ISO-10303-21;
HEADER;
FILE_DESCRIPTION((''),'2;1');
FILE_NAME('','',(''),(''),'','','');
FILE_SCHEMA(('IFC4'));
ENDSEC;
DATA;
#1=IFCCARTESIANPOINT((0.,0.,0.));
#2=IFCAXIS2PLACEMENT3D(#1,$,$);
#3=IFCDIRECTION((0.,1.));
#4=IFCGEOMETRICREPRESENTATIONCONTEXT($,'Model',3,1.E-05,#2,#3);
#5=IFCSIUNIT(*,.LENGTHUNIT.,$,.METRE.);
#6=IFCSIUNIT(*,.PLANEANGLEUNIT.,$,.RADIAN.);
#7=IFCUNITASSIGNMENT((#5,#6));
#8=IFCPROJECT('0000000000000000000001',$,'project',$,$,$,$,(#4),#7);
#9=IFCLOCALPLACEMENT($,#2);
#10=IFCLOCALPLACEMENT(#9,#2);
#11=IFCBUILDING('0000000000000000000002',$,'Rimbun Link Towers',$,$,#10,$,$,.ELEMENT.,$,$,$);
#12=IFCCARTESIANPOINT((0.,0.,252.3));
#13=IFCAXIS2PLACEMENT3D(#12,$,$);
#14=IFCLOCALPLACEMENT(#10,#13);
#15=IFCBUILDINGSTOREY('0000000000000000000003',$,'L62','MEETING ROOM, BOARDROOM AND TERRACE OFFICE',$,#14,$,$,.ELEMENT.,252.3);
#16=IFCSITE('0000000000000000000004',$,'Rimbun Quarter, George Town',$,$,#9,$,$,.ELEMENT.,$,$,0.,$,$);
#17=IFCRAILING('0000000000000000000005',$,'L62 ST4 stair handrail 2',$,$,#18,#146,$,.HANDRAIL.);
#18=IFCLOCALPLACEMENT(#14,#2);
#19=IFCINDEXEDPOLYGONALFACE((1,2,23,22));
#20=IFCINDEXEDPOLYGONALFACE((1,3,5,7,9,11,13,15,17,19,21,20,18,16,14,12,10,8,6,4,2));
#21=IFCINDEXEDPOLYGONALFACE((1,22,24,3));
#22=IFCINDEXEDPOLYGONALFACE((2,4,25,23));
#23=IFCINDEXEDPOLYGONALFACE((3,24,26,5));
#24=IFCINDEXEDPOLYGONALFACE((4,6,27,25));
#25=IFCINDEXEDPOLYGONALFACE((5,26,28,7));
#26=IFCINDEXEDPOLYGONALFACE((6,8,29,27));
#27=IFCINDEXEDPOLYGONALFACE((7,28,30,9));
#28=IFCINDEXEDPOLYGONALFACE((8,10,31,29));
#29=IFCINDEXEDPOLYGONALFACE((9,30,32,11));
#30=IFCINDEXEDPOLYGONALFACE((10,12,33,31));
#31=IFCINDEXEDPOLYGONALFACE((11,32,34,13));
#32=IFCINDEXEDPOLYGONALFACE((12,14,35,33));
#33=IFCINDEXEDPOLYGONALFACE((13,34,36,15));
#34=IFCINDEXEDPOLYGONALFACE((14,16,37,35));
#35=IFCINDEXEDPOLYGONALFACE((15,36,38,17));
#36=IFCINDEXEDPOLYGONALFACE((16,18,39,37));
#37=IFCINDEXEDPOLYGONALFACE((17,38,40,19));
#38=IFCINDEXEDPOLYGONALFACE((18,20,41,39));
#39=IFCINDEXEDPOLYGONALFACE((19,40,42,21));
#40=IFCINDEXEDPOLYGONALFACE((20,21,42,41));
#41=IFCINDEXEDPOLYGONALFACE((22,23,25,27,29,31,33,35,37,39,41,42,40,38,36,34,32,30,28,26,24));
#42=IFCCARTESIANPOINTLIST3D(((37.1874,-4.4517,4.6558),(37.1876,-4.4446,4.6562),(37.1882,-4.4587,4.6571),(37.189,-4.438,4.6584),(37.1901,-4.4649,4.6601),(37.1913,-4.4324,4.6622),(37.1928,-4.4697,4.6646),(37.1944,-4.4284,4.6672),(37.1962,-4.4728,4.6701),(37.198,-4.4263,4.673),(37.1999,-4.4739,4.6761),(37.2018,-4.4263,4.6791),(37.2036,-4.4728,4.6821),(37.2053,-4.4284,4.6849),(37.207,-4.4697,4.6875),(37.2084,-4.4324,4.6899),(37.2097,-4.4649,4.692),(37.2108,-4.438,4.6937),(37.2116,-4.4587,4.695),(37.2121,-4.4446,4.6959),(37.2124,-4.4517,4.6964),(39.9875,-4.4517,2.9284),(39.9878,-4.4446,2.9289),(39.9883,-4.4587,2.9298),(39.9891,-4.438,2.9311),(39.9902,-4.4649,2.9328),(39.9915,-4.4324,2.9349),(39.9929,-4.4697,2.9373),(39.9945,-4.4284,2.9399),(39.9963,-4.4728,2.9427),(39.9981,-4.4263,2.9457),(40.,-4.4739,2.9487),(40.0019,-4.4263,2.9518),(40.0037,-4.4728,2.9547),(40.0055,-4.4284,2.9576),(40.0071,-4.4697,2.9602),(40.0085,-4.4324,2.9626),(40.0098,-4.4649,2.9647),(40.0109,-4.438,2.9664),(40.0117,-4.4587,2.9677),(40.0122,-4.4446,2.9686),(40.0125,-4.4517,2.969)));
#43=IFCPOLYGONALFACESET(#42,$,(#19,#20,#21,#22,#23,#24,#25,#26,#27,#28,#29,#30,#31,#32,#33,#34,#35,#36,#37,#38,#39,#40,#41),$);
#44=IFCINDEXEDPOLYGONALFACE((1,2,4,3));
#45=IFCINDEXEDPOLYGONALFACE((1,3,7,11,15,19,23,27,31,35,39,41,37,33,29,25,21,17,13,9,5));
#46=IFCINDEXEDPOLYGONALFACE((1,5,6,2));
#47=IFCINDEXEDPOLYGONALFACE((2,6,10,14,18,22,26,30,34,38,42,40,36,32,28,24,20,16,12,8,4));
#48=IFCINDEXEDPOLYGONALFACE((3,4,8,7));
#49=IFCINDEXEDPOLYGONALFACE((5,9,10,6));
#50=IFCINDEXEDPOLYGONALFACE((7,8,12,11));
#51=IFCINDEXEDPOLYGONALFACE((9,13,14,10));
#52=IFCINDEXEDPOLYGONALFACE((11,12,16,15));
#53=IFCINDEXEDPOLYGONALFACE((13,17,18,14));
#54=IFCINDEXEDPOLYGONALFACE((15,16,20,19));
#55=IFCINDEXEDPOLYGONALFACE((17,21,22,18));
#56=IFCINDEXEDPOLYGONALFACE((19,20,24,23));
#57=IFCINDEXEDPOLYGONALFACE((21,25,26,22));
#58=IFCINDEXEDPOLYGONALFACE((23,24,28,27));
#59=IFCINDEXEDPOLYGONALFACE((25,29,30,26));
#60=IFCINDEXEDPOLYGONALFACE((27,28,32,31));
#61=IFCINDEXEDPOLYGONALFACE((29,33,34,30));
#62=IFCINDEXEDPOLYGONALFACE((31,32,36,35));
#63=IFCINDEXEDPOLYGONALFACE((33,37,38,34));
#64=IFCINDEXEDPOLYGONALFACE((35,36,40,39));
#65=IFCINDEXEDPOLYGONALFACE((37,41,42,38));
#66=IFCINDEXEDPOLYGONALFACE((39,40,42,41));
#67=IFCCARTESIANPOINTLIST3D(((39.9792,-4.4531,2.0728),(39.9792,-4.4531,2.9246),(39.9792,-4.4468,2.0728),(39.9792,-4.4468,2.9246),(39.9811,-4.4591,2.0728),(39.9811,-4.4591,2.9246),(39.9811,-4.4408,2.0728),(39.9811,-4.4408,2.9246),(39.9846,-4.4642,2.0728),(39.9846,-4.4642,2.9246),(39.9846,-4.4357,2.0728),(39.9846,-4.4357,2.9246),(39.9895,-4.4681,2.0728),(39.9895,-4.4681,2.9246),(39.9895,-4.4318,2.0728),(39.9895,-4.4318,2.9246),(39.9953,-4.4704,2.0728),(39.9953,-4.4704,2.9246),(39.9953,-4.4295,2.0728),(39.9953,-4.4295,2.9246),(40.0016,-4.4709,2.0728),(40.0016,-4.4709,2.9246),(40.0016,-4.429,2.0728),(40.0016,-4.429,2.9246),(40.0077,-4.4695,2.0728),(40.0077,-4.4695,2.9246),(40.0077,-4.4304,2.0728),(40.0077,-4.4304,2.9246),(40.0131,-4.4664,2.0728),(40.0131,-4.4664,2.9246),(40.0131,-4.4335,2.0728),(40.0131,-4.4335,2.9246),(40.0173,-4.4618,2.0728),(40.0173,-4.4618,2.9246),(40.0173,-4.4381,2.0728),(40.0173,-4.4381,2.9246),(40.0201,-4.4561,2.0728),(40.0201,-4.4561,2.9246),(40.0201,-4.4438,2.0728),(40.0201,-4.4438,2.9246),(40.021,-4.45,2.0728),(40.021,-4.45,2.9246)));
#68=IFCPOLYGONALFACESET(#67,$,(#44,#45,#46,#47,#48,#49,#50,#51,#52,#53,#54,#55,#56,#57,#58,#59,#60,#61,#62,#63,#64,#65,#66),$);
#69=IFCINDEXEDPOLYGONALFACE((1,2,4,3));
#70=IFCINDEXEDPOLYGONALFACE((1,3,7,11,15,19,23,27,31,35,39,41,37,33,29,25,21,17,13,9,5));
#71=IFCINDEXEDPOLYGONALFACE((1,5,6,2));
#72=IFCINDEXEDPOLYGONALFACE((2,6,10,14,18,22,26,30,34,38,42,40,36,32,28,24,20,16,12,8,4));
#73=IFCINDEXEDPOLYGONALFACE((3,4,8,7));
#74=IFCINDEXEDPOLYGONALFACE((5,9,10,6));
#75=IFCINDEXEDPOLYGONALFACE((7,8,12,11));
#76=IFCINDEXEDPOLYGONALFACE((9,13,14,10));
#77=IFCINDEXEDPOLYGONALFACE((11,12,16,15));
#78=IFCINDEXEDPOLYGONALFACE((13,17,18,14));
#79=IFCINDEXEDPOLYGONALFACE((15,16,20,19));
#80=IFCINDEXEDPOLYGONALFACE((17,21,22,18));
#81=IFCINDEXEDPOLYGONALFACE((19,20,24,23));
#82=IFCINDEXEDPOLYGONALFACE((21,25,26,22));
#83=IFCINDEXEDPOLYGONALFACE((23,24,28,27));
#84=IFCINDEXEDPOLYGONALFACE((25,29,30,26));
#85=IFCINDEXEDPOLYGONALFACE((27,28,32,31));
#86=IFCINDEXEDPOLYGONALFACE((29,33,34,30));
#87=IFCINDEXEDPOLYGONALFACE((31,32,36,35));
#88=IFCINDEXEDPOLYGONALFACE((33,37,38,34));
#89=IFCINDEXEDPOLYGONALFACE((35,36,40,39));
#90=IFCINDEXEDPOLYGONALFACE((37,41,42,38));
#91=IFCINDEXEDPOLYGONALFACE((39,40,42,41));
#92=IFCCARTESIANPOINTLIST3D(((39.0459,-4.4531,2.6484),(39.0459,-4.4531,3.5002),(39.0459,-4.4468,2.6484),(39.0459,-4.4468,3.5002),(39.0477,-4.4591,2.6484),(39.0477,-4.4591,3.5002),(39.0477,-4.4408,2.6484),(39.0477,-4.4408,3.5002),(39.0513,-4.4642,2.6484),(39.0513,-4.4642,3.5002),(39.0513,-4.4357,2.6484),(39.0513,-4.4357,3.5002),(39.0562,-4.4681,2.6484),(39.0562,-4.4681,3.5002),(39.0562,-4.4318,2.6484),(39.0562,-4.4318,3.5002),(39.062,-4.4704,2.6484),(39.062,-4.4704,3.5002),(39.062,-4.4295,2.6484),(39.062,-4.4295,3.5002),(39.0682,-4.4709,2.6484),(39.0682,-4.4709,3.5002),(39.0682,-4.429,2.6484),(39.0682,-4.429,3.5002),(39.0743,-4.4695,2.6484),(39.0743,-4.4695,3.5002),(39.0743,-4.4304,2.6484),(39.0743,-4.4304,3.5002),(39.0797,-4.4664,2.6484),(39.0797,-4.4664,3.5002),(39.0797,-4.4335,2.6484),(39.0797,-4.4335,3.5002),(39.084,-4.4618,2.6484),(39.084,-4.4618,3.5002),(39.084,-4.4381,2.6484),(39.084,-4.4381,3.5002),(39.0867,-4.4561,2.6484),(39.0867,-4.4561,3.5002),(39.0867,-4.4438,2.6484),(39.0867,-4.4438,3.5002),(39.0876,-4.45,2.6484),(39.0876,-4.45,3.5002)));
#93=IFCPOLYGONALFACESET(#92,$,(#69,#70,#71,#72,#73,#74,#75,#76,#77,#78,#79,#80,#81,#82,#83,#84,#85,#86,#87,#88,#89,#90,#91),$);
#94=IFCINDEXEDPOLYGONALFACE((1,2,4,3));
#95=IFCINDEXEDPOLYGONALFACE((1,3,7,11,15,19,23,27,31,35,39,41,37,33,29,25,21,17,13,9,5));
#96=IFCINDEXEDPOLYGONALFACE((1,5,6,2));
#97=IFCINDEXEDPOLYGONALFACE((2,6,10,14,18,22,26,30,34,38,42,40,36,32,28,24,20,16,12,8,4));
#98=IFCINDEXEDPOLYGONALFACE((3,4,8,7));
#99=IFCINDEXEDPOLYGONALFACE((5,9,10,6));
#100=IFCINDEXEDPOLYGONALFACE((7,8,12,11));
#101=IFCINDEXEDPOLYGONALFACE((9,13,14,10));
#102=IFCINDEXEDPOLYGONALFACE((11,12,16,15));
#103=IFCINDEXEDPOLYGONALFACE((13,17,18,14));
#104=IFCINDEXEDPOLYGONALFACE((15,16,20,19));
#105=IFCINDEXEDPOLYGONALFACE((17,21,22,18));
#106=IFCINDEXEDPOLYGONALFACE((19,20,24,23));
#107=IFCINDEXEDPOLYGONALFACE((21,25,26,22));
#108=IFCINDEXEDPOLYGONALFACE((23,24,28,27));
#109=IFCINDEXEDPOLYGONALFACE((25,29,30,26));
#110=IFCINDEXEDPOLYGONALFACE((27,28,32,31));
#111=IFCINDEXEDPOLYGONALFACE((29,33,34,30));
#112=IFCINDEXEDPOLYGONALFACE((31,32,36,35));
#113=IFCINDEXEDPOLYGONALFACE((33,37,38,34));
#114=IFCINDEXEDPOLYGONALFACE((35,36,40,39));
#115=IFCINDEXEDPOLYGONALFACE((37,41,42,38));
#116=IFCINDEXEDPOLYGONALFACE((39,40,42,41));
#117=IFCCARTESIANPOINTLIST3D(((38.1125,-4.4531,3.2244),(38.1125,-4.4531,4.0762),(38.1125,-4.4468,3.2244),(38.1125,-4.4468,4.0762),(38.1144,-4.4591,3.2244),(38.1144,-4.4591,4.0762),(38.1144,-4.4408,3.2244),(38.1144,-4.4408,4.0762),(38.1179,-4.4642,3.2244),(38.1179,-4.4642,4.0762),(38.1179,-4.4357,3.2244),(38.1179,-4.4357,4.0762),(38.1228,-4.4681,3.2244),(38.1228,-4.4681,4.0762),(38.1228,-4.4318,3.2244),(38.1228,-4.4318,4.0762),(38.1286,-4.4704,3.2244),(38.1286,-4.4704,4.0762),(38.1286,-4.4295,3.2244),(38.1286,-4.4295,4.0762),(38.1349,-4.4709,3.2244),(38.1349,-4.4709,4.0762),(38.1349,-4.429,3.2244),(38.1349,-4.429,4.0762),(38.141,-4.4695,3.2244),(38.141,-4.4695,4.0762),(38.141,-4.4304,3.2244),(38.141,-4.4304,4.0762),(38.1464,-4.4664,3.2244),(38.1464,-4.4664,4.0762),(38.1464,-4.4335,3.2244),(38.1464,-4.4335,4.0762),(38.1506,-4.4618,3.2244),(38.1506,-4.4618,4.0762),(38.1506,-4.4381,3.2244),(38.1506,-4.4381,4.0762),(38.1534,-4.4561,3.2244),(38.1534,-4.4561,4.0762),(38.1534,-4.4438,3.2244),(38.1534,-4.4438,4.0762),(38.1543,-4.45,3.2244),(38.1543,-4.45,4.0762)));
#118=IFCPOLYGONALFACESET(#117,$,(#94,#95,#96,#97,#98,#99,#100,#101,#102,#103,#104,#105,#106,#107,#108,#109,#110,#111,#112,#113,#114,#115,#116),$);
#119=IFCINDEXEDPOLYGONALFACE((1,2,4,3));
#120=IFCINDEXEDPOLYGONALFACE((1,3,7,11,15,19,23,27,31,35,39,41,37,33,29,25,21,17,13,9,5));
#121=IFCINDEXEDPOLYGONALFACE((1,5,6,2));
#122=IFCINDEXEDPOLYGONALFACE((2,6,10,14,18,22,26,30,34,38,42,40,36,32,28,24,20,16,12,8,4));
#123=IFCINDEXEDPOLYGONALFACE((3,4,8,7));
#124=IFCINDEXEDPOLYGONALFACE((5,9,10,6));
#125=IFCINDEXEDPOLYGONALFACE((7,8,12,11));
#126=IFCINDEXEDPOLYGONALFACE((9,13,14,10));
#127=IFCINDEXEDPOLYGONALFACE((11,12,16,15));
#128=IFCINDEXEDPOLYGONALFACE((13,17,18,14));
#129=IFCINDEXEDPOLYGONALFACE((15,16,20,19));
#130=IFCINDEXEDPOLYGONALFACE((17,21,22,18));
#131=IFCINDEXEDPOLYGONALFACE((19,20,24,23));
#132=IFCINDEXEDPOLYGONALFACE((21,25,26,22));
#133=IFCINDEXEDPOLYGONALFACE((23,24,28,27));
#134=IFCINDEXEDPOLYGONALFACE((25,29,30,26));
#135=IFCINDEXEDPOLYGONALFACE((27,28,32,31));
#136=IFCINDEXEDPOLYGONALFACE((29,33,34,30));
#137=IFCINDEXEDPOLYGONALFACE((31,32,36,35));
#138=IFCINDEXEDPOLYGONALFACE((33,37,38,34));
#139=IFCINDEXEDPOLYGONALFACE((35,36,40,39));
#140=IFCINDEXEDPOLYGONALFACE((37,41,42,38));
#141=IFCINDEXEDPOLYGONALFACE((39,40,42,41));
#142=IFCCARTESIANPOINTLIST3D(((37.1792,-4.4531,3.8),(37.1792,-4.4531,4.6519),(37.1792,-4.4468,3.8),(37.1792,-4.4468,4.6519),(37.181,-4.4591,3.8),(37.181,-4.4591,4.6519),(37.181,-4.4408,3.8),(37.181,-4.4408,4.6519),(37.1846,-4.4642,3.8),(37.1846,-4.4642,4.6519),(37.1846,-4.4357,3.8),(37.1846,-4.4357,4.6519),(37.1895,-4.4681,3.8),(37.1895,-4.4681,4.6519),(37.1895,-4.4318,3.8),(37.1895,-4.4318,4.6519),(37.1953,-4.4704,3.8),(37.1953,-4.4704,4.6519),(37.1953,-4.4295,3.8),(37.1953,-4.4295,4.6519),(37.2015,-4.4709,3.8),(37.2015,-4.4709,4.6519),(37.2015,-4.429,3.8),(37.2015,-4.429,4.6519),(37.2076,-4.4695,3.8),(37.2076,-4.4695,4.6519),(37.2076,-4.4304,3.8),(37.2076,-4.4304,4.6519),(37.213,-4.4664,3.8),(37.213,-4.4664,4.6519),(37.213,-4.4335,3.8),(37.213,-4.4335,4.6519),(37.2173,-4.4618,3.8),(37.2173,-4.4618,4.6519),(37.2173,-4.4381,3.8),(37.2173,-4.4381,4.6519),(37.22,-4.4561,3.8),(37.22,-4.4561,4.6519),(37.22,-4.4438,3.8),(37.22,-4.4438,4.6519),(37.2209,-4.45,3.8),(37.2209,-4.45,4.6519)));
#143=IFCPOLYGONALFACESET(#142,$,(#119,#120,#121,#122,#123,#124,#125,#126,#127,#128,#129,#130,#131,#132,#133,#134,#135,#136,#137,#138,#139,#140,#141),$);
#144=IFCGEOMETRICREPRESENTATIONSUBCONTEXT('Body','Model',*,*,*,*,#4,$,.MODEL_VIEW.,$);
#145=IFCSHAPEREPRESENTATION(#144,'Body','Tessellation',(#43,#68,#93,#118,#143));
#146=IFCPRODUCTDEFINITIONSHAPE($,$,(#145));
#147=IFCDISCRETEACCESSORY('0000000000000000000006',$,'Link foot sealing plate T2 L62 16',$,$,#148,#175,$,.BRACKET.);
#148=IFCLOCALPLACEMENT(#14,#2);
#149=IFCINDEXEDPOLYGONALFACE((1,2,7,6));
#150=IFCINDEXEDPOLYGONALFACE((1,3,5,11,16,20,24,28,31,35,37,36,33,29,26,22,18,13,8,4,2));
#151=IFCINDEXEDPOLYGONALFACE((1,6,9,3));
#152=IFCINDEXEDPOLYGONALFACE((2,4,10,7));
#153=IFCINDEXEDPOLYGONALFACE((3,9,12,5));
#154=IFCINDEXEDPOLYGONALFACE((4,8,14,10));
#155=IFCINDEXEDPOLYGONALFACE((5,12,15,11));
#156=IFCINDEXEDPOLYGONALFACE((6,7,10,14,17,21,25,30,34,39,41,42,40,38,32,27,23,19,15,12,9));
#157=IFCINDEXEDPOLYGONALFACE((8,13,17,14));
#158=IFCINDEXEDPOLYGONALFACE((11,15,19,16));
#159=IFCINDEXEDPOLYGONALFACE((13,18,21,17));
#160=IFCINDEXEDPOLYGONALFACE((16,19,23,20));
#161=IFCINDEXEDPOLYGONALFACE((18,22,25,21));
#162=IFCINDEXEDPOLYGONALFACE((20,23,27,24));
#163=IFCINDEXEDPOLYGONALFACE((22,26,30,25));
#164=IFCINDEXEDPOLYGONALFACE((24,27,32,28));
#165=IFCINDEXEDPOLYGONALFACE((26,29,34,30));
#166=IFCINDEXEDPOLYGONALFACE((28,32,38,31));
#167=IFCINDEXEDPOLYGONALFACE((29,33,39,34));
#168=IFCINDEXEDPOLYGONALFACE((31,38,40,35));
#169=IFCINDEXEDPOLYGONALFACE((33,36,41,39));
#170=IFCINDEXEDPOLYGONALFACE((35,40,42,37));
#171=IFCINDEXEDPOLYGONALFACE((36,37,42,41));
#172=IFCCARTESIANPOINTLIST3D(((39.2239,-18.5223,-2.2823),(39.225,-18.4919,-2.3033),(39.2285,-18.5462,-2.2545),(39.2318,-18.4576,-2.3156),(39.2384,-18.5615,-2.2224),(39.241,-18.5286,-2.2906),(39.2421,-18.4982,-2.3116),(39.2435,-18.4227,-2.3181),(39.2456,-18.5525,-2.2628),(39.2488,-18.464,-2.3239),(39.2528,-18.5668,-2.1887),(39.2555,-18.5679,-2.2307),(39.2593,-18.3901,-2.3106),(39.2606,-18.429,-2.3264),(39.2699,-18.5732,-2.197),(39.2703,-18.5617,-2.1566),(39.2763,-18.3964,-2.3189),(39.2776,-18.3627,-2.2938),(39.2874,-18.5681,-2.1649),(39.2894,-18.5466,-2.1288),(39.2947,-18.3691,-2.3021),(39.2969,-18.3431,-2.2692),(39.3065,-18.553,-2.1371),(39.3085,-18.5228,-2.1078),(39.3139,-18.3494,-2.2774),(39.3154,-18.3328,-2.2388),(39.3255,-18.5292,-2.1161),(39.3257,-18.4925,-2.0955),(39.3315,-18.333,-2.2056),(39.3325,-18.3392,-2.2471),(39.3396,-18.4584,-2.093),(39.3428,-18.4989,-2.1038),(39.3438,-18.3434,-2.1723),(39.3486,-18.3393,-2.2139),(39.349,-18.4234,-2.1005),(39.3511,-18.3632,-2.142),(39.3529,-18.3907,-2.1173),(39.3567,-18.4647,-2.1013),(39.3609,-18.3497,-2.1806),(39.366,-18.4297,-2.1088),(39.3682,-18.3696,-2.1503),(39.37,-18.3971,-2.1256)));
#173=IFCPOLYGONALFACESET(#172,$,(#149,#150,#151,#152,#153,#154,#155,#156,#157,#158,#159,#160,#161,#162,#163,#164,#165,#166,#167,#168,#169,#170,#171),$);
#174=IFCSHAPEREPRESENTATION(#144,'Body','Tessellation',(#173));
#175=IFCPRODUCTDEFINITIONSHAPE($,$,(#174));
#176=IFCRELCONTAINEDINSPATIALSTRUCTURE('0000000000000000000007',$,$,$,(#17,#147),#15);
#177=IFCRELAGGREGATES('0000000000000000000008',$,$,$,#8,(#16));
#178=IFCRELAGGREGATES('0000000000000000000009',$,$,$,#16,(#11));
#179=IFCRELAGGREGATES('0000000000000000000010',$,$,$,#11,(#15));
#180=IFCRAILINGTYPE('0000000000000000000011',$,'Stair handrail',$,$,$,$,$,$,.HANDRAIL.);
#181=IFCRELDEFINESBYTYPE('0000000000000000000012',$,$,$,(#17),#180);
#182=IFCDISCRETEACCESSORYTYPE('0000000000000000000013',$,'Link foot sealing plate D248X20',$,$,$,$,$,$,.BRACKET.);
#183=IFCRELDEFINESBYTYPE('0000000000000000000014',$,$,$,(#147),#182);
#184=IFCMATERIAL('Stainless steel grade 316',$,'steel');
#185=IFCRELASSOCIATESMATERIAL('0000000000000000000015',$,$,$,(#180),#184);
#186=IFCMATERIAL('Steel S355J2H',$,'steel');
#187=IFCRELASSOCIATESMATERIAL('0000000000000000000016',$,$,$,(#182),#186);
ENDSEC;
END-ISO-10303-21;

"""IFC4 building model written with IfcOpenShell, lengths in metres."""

from ifc_helpers import new_model, si_unit, direction, frame, origin, origin_2d, place, context, subcontext, project, spatial, circle, extrude, material, material_profile, profile_set, type_object, element, save


model = new_model("IFC4")

# Units and contexts
model_context = context("Model", 3, precision=1e-05, world=origin(), true_north=direction((0.0, 1.0)))
body_context = subcontext(model_context, "Body", "Model", "MODEL_VIEW")
ifc_project = project(units=[si_unit("LENGTHUNIT", "METRE"), si_unit("PLANEANGLEUNIT", "RADIAN")], contexts=[model_context])

# Site, building, storey
site_placement = place(None, origin())
site = spatial("IfcSite", under=ifc_project, at=site_placement, Name="Rimbun Quarter, George Town", CompositionType="ELEMENT", RefElevation=0.0)
building_placement = place(site_placement, origin())
building = spatial("IfcBuilding", under=site, at=building_placement, Name="Rimbun Link Towers", CompositionType="ELEMENT")
storey_placement = place(building_placement, frame((0.0, 0.0, 252.3)))
storey = spatial("IfcBuildingStorey", under=building, at=storey_placement, Name="L62", Description="MEETING ROOM, BOARDROOM AND TERRACE OFFICE", CompositionType="ELEMENT", Elevation=252.3)

# Railing
ifc_material_1 = material(Name="Stainless steel grade 316", Category="steel")
railing_type_1 = type_object("IfcRailingType", Name="Stair handrail", PredefinedType="HANDRAIL", material=ifc_material_1)
railing_1_placement = place(storey_placement, frame((40.0, -4.45, 2.0728)))
element("IfcRailing", 1, at=railing_1_placement, inside=storey, type_object=railing_type_1, Name="L62 ST4 stair handrail 2", PredefinedType="HANDRAIL", context=body_context, shape_type="SweptSolid", body=[
    extrude(circle(Radius=0.0239, at=origin_2d()), frame((0.0, 0.0, 0.876), z_axis=(-0.85109, 0.0, 0.52502), x_axis=(0.0, -1.0, 0.0)), (0.0, 0.0, 1.0), 3.29),
    extrude(circle(Radius=0.021, at=origin_2d()), origin(), (0.0, 0.0, 1.0), 0.8518),
    extrude(circle(Radius=0.021, at=origin_2d()), frame((-0.9333, 0.0, 0.5757)), (0.0, 0.0, 1.0), 0.8518),
    extrude(circle(Radius=0.021, at=origin_2d()), frame((-1.8667, 0.0, 1.1516)), (0.0, 0.0, 1.0), 0.8518),
    extrude(circle(Radius=0.021, at=origin_2d()), frame((-2.8, 0.0, 1.7273)), (0.0, 0.0, 1.0), 0.8518),
])

# Discrete accessory
ifc_material_2 = material(Name="Steel S355J2H", Category="steel")
ifc_material_profile_1 = material_profile(ifc_material_2, circle(Radius=0.124, at=origin_2d()), Name="PL D248")
ifc_profile_set_1 = profile_set([ifc_material_profile_1], Name="Steel S355J2H")
discrete_accessory_type = type_object("IfcDiscreteAccessoryType", Name="Link foot sealing plate D248X20", PredefinedType="BRACKET", material=ifc_profile_set_1)
discrete_accessory_placement = place(storey_placement, frame((39.2883, -18.4492, -2.2056), z_axis=(0.853151, -0.316885, -0.414388), x_axis=(0.348187, 0.937425, 0.0)))
element("IfcDiscreteAccessory", 2, at=discrete_accessory_placement, inside=storey, type_object=discrete_accessory_type, Name="Link foot sealing plate T2 L62 16", PredefinedType="BRACKET", context=body_context, shape_type="SweptSolid", body=[
    extrude(circle(Radius=0.124, at=origin_2d()), origin(), (0.0, 0.0, 1.0), 0.02),
])

save(model, "model.ifc")
